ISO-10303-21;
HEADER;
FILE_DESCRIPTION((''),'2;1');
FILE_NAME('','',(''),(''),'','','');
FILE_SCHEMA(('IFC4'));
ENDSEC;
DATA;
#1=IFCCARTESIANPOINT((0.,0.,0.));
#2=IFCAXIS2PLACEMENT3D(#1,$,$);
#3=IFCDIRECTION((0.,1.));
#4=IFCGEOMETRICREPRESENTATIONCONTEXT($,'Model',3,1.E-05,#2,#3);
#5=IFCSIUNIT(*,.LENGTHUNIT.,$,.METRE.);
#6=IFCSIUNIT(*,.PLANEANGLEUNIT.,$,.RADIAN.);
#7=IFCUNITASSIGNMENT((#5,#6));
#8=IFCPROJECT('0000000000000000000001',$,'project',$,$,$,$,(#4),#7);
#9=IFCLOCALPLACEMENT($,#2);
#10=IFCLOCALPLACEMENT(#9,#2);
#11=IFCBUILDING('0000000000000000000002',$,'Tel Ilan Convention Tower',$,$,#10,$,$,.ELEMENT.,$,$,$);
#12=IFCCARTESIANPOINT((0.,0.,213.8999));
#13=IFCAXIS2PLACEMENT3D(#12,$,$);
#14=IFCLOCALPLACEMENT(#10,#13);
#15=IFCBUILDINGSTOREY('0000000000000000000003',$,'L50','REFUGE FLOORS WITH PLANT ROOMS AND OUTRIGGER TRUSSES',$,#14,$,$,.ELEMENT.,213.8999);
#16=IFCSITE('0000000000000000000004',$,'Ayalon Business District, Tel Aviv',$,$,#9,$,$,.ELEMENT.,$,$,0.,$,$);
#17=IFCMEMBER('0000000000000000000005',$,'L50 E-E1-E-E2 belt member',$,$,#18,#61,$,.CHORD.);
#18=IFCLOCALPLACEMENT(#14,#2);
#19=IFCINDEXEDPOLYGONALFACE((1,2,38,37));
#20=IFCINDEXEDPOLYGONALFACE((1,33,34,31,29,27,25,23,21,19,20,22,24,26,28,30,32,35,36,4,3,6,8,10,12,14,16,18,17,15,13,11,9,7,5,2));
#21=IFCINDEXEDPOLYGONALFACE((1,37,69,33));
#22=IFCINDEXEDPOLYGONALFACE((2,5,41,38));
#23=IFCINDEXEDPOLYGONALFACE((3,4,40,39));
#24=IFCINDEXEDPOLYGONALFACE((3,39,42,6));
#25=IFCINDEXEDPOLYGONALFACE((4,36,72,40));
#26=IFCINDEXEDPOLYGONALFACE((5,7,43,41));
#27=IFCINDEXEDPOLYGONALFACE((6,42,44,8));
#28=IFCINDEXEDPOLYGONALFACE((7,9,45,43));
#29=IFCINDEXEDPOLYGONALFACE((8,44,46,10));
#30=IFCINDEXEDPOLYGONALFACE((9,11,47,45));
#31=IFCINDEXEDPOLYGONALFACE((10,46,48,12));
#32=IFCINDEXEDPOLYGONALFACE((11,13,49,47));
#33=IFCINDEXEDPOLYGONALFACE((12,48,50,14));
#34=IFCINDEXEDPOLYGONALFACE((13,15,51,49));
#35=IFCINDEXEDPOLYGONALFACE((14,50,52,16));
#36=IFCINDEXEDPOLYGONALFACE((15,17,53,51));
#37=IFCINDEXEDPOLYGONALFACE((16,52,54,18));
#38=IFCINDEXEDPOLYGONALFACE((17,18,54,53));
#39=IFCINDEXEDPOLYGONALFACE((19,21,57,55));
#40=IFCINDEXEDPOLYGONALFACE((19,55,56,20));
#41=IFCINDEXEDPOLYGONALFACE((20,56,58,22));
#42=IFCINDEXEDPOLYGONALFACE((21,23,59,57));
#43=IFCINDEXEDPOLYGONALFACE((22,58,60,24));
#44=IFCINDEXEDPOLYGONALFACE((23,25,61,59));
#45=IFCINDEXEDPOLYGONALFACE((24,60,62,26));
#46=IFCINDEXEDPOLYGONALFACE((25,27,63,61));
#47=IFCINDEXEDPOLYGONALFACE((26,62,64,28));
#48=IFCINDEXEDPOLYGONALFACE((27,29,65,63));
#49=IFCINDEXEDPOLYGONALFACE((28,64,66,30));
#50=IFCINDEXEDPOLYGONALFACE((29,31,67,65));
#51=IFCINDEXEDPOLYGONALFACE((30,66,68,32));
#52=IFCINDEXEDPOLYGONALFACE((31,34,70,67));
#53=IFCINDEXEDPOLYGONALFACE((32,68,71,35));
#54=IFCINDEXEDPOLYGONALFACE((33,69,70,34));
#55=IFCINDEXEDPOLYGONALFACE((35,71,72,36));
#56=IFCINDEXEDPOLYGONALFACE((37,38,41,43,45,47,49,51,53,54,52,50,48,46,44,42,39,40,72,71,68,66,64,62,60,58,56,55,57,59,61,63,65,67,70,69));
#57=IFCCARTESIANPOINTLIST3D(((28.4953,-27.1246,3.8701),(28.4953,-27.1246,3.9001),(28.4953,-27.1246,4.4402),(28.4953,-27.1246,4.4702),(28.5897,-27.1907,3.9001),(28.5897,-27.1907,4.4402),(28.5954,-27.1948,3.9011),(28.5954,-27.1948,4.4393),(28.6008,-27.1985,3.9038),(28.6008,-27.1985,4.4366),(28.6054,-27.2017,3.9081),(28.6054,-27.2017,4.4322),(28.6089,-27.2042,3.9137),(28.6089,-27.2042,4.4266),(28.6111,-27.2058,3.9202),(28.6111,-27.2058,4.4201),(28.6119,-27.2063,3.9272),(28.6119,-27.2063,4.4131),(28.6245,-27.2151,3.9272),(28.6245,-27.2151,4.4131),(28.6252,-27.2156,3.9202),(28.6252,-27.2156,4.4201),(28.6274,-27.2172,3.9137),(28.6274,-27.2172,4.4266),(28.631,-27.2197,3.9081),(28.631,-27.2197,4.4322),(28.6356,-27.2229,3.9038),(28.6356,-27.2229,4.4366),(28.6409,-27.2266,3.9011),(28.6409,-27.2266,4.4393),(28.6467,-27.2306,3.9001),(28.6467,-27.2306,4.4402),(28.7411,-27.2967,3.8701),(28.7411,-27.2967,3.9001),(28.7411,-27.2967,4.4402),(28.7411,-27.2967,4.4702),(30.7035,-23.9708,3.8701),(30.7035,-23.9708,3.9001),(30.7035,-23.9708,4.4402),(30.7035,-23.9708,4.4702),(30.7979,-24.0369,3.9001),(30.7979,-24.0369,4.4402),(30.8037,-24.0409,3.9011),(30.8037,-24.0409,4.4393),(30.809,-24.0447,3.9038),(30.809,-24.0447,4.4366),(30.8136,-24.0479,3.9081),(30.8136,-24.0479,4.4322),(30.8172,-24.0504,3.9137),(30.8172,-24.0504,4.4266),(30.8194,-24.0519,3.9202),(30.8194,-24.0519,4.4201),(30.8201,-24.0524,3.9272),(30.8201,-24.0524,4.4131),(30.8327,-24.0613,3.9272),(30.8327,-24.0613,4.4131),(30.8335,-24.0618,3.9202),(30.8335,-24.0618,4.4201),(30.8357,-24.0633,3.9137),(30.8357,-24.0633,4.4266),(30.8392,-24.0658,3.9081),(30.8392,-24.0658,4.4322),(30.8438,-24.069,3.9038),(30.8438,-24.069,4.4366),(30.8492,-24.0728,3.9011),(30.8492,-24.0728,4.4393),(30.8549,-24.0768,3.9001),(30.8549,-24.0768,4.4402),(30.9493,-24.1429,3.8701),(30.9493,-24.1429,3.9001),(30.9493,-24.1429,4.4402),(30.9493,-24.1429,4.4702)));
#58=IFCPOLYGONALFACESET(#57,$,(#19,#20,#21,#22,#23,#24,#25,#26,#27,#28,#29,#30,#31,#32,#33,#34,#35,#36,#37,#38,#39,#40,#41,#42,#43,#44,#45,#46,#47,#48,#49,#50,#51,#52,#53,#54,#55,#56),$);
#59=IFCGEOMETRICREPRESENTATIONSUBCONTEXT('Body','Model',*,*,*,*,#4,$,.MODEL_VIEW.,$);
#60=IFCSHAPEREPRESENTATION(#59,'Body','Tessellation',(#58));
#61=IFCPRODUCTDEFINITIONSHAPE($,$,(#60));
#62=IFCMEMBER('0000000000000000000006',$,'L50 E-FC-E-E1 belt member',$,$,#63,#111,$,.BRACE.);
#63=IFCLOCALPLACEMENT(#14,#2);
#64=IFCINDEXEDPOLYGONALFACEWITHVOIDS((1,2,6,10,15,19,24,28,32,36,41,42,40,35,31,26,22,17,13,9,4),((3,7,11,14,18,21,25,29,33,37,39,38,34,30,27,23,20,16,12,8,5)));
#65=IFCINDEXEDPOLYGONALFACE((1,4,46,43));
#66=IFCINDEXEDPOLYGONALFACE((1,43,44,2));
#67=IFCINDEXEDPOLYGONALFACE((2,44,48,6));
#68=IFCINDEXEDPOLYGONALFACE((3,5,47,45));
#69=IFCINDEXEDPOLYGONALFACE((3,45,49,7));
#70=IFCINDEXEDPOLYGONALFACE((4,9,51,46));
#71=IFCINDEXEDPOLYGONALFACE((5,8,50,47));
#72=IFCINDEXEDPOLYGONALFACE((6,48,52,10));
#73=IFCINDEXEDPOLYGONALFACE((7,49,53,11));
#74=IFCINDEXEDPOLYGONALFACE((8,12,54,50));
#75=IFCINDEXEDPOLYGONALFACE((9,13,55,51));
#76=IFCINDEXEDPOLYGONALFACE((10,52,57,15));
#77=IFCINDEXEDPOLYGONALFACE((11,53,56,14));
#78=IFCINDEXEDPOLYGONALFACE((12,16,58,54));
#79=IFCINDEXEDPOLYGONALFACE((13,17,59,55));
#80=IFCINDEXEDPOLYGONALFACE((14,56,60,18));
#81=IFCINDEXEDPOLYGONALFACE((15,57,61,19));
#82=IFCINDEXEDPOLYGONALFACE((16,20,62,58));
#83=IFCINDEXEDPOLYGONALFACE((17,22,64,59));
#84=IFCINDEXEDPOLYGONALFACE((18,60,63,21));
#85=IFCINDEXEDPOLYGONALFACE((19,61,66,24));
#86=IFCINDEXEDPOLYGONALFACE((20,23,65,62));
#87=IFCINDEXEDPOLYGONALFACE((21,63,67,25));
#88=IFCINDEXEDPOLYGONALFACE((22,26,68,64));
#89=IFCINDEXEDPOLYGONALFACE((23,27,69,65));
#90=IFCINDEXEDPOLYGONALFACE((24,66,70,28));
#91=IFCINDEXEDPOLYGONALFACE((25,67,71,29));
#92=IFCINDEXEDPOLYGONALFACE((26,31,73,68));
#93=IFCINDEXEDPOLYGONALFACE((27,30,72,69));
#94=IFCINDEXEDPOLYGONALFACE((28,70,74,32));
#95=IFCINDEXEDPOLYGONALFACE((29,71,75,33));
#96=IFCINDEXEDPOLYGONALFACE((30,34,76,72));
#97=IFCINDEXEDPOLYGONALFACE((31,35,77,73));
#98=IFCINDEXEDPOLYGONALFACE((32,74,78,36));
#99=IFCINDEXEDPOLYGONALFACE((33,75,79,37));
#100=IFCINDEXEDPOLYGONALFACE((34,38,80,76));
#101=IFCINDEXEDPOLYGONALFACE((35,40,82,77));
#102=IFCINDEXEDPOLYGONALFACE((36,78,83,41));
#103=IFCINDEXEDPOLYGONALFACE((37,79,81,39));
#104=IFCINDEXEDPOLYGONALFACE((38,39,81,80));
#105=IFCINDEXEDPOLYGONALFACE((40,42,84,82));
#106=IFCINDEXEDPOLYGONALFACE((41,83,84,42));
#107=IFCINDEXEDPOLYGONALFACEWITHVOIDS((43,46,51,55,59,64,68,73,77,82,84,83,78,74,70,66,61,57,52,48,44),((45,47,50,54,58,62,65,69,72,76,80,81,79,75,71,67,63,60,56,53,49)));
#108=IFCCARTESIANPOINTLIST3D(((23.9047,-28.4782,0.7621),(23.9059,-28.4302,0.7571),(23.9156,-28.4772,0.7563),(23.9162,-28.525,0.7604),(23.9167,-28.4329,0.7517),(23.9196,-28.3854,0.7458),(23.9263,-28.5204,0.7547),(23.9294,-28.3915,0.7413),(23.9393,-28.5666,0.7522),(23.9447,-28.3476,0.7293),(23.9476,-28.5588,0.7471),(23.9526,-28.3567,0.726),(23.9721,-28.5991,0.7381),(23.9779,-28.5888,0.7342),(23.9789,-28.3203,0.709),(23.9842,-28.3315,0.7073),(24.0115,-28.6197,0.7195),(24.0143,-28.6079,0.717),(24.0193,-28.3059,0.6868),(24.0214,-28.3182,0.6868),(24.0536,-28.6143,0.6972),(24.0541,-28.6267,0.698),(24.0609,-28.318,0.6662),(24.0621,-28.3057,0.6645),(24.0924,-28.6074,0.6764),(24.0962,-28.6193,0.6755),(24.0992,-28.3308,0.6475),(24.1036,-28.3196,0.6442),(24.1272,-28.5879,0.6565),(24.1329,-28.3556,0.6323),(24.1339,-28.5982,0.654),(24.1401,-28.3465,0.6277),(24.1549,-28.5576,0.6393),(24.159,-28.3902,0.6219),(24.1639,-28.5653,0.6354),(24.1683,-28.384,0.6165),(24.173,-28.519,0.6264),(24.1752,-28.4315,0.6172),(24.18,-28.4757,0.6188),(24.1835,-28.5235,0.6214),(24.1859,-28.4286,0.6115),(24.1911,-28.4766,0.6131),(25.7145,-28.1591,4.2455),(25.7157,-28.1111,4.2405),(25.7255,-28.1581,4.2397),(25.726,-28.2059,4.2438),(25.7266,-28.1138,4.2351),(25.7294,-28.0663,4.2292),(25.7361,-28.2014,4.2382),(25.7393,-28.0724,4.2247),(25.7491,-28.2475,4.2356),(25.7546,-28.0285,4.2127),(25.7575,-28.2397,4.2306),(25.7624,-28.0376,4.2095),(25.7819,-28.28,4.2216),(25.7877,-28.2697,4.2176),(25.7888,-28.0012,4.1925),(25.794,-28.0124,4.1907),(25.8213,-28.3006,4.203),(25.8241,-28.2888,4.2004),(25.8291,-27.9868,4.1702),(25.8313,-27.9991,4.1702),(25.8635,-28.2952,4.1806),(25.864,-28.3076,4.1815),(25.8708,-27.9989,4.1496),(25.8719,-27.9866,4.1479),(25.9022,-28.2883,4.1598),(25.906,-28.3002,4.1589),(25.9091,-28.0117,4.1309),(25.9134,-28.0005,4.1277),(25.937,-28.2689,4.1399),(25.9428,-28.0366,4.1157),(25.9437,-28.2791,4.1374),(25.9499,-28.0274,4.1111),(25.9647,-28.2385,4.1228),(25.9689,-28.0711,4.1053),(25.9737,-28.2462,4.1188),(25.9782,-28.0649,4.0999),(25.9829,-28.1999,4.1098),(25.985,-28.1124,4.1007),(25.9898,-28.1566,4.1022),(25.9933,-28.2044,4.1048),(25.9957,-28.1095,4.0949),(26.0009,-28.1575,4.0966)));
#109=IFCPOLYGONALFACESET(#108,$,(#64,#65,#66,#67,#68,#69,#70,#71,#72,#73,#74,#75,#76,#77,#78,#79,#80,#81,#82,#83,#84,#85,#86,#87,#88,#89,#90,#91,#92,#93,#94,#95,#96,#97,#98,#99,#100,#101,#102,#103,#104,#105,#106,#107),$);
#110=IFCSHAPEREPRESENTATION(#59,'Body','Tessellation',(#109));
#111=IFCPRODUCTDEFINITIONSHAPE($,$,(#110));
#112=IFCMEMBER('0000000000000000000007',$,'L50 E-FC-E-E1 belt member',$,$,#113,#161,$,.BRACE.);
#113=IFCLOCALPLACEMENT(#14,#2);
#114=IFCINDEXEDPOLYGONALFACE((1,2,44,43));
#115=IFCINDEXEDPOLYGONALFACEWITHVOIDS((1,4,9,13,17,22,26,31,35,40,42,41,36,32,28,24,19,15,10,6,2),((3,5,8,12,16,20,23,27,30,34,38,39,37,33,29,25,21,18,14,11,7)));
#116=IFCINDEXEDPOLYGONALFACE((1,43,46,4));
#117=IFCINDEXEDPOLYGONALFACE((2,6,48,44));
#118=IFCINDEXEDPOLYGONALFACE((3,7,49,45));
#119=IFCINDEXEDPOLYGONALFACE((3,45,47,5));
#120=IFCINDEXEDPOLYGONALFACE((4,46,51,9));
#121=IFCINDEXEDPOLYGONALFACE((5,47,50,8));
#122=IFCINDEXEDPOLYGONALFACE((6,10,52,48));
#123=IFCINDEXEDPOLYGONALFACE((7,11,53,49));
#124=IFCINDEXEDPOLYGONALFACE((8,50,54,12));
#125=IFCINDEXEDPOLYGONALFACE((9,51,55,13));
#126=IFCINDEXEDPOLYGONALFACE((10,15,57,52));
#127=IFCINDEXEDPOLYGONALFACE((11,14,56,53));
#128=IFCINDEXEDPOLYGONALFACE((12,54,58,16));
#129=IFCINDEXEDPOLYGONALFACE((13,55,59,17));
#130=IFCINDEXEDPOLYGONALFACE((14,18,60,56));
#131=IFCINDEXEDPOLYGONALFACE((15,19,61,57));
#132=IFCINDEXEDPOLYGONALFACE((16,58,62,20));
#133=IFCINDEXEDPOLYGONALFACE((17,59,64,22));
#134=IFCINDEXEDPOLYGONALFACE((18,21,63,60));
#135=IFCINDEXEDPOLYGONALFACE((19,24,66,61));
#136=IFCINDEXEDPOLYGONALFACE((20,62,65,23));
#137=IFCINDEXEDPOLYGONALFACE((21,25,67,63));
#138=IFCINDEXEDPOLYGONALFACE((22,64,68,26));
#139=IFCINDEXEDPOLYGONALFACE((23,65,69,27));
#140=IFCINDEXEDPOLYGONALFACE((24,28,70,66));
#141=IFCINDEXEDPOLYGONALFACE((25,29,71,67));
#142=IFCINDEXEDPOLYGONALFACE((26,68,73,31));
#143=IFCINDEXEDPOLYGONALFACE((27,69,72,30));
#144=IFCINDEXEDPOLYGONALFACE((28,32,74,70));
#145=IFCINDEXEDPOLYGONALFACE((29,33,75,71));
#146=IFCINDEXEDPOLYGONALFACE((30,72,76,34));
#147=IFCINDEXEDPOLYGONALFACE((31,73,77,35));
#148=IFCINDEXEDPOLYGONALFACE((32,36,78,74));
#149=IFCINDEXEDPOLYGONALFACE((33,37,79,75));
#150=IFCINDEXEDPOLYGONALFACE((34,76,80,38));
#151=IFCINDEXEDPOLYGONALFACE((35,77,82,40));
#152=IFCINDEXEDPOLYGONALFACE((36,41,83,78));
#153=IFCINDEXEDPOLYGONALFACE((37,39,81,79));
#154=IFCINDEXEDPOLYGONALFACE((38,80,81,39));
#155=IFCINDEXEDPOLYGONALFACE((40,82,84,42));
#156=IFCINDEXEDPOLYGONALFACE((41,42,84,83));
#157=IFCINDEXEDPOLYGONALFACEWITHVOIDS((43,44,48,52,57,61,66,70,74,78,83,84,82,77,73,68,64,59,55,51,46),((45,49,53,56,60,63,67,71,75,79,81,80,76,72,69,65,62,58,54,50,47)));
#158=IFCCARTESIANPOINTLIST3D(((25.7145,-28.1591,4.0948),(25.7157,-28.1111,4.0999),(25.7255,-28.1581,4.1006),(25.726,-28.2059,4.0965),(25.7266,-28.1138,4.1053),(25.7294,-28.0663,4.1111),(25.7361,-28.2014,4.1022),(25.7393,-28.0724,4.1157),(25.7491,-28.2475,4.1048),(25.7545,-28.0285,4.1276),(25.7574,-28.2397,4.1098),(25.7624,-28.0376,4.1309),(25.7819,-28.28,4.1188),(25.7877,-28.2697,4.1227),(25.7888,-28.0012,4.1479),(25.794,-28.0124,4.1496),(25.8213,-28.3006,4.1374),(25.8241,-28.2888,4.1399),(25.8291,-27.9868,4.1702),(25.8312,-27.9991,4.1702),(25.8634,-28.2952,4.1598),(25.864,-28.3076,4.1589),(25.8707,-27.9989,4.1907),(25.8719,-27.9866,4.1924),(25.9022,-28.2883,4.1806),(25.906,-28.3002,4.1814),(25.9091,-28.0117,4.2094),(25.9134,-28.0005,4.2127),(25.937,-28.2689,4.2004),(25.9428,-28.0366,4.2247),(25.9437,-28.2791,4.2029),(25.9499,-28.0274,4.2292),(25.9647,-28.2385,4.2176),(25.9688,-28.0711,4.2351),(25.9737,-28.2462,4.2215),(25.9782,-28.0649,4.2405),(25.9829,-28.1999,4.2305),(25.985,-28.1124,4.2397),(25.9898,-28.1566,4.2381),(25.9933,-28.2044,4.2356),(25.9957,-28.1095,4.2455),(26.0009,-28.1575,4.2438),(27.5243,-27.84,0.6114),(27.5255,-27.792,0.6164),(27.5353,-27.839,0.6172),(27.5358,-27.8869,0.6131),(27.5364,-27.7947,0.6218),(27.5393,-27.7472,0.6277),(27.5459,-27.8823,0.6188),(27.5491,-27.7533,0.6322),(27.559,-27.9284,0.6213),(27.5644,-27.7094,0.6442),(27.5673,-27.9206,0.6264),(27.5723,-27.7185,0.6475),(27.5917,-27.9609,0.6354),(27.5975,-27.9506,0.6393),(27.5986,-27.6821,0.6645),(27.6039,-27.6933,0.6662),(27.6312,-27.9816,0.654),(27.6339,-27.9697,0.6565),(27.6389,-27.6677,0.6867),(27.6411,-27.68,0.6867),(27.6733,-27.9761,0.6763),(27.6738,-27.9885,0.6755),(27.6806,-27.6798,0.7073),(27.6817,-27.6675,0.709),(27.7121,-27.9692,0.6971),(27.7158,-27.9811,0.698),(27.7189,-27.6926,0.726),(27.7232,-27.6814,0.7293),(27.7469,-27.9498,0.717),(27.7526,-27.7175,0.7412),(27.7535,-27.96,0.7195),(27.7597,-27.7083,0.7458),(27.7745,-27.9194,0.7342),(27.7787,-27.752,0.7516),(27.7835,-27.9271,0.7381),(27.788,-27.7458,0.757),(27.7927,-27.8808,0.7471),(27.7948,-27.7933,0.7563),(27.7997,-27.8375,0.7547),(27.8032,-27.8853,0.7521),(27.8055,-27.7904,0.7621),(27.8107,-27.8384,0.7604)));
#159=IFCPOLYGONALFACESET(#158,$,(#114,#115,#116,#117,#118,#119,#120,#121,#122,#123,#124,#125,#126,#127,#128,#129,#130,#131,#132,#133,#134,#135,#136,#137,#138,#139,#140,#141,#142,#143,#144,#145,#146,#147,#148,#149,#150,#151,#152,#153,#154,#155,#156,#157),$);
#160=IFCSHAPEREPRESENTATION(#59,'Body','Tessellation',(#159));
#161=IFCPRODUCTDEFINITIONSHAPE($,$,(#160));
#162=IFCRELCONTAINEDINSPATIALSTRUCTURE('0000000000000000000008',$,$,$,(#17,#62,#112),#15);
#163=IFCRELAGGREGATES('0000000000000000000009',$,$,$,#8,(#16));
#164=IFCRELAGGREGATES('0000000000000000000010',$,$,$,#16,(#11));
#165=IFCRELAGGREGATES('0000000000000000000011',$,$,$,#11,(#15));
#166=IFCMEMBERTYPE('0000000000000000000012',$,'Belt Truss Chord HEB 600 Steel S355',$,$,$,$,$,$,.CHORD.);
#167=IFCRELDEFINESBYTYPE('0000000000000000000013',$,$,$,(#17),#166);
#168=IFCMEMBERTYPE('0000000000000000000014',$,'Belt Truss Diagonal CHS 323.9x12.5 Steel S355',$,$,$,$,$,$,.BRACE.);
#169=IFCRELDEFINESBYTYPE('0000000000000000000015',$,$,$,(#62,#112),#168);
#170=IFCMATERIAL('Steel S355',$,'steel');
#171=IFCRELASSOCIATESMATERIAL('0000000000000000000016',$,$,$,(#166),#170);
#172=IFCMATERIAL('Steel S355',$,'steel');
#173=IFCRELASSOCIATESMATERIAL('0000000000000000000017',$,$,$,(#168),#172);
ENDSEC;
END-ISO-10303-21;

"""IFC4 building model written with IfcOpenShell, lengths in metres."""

from ifc_helpers import new_model, si_unit, direction, frame, origin, origin_2d, place, context, subcontext, project, spatial, hollow_circle, i_section, extrude, material, material_profile, profile_set, type_object, element, save


model = new_model("IFC4")

# Units and contexts
model_context = context("Model", 3, precision=1e-05, world=origin(), true_north=direction((0.0, 1.0)))
body_context = subcontext(model_context, "Body", "Model", "MODEL_VIEW")
ifc_project = project(units=[si_unit("LENGTHUNIT", "METRE"), si_unit("PLANEANGLEUNIT", "RADIAN")], contexts=[model_context])

# Site, building, storey
site_placement = place(None, origin())
site = spatial("IfcSite", under=ifc_project, at=site_placement, Name="Ayalon Business District, Tel Aviv", CompositionType="ELEMENT", RefElevation=0.0)
building_placement = place(site_placement, origin())
building = spatial("IfcBuilding", under=site, at=building_placement, Name="Tel Ilan Convention Tower", CompositionType="ELEMENT")
storey_placement = place(building_placement, frame((0.0, 0.0, 213.8999)))
storey = spatial("IfcBuildingStorey", under=building, at=storey_placement, Name="L50", Description="REFUGE FLOORS WITH PLANT ROOMS AND OUTRIGGER TRUSSES", CompositionType="ELEMENT", Elevation=213.8999)

# Members
ifc_material_1 = material(Name="Steel S355", Category="steel")
ifc_material_profile_1 = material_profile(ifc_material_1, i_section(OverallWidth=0.3, OverallDepth=0.6001, WebThickness=0.0154, FlangeThickness=0.03, FilletRadius=0.0271, at=origin_2d()), Name="HEB 600")
ifc_profile_set_1 = profile_set([ifc_material_profile_1], Name="Steel S355")
member_type_1 = type_object("IfcMemberType", Name="Belt Truss Chord HEB 600 Steel S355", PredefinedType="CHORD", material=ifc_profile_set_1)
for number, where, z_axis, x_axis, name in (
    (1, (28.6182, -27.2107, 4.1702), (0.573564, 0.81916, 0.0), (-0.81916, 0.573564, 0.0), "L50 E-E1-E-E2 belt member"),
):
    element("IfcMember", number, at=place(storey_placement, frame(where, z_axis=z_axis, x_axis=x_axis)), inside=storey, type_object=member_type_1, Name=name, PredefinedType="CHORD", context=body_context, shape_type="SweptSolid", body=[
        extrude(i_section(OverallWidth=0.3, OverallDepth=0.6001, WebThickness=0.0154, FlangeThickness=0.03, FilletRadius=0.0271, at=origin_2d()), origin(), (0.0, 0.0, 1.0), 3.8501),
    ])
ifc_material_2 = material(Name="Steel S355", Category="steel")
ifc_material_profile_2 = material_profile(ifc_material_2, hollow_circle(Radius=0.1619, WallThickness=0.0125, at=origin_2d()), Name="CHS 323.9x12.5")
ifc_profile_set_2 = profile_set([ifc_material_profile_2], Name="Steel S355")
member_type_2 = type_object("IfcMemberType", Name="Belt Truss Diagonal CHS 323.9x12.5 Steel S355", PredefinedType="BRACE", material=ifc_profile_set_2)
for number, where, z_axis, x_axis, name in (
    (2, (24.0474, -28.4653, 0.6868), (0.459526, 0.08102, 0.884461), (-0.173634, 0.98481, 0.0), "L50 E-FC-E-E1 belt member"),
    (3, (25.8572, -28.1462, 4.1702), (0.459526, 0.08102, -0.884461), (-0.173634, 0.98481, 0.0), "L50 E-FC-E-E1 belt member"),
):
    element("IfcMember", number, at=place(storey_placement, frame(where, z_axis=z_axis, x_axis=x_axis)), inside=storey, type_object=member_type_2, Name=name, PredefinedType="BRACE", context=body_context, shape_type="SweptSolid", body=[
        extrude(hollow_circle(Radius=0.1619, WallThickness=0.0125, at=origin_2d()), origin(), (0.0, 0.0, 1.0), 3.9385),
    ])

save(model, "model.ifc")
